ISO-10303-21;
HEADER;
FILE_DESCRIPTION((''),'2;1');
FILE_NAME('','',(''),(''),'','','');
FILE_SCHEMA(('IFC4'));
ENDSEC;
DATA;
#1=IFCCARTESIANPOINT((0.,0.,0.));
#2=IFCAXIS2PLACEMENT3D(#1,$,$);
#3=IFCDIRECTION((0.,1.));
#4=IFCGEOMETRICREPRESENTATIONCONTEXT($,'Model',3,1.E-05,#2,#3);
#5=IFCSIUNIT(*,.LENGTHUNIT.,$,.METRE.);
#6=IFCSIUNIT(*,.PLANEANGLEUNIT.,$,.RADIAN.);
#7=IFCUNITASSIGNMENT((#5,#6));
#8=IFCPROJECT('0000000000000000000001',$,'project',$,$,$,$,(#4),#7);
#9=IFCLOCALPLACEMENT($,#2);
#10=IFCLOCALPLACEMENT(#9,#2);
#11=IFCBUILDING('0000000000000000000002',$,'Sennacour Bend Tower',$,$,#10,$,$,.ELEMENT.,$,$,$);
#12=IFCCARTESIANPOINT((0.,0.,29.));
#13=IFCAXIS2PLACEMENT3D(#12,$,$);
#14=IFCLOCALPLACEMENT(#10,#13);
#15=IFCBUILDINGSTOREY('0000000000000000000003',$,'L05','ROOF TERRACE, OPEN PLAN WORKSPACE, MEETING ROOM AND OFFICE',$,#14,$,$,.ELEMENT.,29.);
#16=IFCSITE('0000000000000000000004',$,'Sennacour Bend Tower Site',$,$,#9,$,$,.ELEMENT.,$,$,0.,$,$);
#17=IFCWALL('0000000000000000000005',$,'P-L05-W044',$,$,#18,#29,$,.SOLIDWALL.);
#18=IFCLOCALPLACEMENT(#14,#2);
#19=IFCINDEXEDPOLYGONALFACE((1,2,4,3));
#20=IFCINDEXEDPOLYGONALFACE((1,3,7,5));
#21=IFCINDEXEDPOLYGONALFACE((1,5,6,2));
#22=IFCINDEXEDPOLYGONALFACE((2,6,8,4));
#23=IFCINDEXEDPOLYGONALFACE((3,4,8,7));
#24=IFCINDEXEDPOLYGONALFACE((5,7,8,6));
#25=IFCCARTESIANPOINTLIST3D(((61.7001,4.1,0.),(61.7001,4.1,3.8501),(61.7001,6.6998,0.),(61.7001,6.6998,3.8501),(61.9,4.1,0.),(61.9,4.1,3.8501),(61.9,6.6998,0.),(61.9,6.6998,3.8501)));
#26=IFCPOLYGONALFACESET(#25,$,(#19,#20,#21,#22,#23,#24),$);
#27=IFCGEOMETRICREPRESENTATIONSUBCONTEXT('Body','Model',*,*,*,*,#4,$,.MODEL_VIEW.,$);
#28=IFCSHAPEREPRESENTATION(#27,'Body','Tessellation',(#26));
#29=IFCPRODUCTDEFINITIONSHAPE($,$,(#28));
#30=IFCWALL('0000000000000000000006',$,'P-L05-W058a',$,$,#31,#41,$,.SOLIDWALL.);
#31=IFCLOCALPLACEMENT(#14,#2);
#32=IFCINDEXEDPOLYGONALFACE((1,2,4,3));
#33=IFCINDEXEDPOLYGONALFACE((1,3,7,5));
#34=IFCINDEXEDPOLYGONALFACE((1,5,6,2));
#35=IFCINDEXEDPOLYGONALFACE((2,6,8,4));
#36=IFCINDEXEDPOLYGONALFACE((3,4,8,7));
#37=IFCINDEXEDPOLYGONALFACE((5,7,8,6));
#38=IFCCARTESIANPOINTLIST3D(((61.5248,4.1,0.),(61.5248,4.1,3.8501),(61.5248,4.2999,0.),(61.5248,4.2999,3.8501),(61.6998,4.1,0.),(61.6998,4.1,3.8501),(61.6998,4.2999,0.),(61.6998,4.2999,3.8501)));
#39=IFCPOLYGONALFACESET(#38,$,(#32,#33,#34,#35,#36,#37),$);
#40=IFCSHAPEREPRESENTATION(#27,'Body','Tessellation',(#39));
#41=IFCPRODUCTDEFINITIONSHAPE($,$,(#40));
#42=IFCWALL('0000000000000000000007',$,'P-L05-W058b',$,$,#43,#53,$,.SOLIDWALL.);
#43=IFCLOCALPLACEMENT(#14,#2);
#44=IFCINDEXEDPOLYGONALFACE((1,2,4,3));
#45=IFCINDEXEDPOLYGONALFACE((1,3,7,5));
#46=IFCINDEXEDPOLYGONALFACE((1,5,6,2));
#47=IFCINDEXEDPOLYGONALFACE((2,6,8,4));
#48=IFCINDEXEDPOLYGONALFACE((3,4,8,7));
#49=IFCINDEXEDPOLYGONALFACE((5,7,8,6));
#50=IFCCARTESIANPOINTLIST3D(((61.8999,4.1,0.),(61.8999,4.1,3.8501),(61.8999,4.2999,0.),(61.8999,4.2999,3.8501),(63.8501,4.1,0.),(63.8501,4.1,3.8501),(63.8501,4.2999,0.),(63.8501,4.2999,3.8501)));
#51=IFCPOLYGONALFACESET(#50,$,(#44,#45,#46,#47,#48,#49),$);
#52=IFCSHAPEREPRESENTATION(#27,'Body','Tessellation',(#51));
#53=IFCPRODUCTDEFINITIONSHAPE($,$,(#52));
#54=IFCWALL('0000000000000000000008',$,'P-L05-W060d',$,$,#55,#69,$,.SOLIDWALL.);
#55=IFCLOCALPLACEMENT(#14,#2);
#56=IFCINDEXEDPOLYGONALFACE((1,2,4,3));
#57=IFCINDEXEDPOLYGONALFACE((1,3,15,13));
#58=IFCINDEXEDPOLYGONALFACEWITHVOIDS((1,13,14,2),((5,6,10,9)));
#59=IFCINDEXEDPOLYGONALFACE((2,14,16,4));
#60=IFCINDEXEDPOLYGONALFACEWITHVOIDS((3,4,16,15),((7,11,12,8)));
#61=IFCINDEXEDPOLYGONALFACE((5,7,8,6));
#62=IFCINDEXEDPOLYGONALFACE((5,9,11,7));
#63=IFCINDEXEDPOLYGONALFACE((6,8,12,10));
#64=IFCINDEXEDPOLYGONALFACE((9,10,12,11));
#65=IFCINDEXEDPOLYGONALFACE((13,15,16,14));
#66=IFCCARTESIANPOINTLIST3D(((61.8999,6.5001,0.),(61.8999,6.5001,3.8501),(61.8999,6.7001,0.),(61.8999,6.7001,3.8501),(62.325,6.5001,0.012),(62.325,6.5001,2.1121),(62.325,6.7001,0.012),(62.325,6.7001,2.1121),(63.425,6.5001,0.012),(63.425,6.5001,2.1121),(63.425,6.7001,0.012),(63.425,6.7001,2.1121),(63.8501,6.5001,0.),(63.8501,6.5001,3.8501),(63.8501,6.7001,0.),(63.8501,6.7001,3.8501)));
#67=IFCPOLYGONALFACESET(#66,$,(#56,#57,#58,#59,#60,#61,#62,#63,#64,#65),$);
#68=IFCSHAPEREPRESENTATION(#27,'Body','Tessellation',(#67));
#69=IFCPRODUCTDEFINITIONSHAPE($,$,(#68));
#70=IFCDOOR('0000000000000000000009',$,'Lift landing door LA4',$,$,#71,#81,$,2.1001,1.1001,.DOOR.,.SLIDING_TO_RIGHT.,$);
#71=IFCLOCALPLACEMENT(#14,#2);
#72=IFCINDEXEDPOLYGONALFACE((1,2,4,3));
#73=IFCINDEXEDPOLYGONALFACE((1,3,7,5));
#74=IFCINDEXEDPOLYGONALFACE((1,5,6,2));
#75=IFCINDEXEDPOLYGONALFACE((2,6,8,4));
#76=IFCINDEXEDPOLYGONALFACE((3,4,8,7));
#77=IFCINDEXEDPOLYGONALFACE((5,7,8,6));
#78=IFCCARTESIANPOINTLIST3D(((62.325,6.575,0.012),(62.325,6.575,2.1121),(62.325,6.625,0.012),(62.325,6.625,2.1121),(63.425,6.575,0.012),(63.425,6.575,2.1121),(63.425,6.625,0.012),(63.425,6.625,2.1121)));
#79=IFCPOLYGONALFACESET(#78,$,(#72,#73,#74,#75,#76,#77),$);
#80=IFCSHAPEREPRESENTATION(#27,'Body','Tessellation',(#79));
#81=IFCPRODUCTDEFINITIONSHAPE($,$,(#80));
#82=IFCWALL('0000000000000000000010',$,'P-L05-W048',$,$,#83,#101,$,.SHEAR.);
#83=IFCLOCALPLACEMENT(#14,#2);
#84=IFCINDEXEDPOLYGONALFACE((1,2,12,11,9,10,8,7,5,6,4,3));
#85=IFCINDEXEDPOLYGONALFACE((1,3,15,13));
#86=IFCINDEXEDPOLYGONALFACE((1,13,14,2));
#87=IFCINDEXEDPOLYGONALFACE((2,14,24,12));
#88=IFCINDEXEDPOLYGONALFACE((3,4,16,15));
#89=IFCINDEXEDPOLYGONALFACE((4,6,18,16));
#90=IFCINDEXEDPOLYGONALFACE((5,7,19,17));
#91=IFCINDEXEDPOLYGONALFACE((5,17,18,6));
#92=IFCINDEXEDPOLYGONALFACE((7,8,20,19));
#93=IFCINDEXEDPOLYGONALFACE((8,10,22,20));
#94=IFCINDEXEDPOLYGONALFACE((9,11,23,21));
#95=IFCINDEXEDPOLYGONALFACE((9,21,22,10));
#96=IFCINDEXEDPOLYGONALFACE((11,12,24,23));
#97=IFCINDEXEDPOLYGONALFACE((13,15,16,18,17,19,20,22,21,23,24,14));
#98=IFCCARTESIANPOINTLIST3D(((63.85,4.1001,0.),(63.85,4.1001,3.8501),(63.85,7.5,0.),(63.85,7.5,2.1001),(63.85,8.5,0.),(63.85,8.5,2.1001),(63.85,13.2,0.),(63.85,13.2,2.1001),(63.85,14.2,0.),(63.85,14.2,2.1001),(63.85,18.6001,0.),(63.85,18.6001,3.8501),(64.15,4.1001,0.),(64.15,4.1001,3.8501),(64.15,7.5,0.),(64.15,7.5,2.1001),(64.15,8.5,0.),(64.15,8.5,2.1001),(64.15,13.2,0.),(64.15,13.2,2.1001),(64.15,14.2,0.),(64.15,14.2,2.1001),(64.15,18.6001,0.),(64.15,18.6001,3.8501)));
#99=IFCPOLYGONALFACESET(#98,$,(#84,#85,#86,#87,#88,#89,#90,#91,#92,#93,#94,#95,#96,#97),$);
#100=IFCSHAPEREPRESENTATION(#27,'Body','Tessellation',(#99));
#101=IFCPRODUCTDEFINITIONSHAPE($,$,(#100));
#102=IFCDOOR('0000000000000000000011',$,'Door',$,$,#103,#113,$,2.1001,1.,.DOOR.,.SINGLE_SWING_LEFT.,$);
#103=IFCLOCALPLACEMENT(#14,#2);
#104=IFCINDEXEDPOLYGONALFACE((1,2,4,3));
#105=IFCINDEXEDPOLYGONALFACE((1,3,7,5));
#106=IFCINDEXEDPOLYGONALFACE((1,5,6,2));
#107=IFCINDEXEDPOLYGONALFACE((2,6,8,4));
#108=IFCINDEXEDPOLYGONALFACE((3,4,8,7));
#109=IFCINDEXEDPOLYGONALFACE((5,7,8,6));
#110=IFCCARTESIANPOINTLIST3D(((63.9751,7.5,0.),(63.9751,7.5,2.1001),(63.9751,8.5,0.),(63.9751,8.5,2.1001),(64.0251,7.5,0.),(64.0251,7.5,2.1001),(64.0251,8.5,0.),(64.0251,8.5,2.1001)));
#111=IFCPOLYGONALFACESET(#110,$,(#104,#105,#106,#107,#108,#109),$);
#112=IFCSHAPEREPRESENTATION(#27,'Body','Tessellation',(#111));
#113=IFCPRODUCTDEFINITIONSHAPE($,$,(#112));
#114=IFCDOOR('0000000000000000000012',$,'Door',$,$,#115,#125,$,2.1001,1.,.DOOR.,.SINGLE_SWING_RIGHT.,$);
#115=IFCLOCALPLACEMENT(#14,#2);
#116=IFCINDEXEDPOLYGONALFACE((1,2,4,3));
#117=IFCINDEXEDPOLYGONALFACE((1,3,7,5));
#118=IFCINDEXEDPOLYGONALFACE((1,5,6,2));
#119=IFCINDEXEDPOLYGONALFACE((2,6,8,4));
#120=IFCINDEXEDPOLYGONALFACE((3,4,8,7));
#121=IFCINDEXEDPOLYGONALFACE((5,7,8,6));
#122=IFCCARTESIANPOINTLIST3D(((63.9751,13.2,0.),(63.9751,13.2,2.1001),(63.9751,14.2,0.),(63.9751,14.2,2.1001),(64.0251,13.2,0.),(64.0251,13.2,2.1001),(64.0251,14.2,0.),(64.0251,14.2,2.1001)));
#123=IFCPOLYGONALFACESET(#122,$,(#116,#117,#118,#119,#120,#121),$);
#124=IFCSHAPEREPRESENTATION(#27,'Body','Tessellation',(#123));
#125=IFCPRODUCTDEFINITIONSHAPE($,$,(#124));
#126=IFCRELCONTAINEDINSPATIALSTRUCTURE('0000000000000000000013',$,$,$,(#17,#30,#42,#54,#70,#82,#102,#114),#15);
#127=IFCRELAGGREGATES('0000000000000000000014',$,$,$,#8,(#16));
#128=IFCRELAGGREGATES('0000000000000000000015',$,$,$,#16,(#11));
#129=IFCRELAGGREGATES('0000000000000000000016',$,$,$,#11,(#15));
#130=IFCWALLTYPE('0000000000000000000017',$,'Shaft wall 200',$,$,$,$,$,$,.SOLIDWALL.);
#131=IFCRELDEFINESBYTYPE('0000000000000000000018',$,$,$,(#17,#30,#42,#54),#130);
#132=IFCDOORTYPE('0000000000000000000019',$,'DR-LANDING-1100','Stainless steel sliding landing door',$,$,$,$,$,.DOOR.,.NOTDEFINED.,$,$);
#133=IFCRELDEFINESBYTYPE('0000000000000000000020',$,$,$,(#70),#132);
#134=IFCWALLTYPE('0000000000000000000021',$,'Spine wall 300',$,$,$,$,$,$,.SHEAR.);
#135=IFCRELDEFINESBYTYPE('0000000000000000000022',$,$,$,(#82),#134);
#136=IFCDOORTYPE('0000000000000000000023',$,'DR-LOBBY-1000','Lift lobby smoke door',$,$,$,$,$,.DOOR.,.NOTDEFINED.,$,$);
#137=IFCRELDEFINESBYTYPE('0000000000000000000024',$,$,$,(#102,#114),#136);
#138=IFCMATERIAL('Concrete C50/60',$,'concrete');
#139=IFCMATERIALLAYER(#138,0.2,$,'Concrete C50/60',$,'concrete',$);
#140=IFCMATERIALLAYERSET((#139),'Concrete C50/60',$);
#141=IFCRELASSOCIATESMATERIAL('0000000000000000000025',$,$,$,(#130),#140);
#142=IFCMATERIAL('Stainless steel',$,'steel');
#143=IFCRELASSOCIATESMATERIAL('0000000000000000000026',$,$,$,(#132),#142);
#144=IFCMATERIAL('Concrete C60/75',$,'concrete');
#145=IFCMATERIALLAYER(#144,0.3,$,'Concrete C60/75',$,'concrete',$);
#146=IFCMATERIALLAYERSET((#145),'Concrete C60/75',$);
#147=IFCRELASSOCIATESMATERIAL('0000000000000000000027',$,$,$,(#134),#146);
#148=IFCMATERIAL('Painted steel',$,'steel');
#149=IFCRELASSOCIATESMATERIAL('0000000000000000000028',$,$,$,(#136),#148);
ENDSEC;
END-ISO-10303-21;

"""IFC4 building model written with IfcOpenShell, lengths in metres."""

from ifc_helpers import new_model, si_unit, direction, frame, frame_2d, origin, place, context, subcontext, project, spatial, rectangle, extrude, material, layer, layer_set, type_object, element, fill, save


model = new_model("IFC4")

# Units and contexts
model_context = context("Model", 3, precision=1e-05, world=origin(), true_north=direction((0.0, 1.0)))
body_context = subcontext(model_context, "Body", "Model", "MODEL_VIEW")
ifc_project = project(units=[si_unit("LENGTHUNIT", "METRE"), si_unit("PLANEANGLEUNIT", "RADIAN")], contexts=[model_context])

# Site, building, storey
site_placement = place(None, origin())
site = spatial("IfcSite", under=ifc_project, at=site_placement, Name="Sennacour Bend Tower Site", CompositionType="ELEMENT", RefElevation=0.0)
building_placement = place(site_placement, origin())
building = spatial("IfcBuilding", under=site, at=building_placement, Name="Sennacour Bend Tower", CompositionType="ELEMENT")
storey_placement = place(building_placement, frame((0.0, 0.0, 29.0)))
storey = spatial("IfcBuildingStorey", under=building, at=storey_placement, Name="L05", Description="ROOF TERRACE, OPEN PLAN WORKSPACE, MEETING ROOM AND OFFICE", CompositionType="ELEMENT", Elevation=29.0)

# Shared definitions
ifc_material_1 = material(Name="Painted steel", Category="steel")

# Walls
ifc_material_2 = material(Name="Concrete C50/60", Category="concrete")
ifc_layer_1 = layer(ifc_material_2, 0.2, Name="Concrete C50/60", Category="concrete")
ifc_layer_set_1 = layer_set([ifc_layer_1], Name="Concrete C50/60")
wall_type_1 = type_object("IfcWallType", Name="Shaft wall 200", PredefinedType="SOLIDWALL", material=ifc_layer_set_1)
wall_1_placement = place(storey_placement, frame((61.8, 4.1001, 0.0), z_axis=(0.0, 0.0, 1.0), x_axis=(0.0, 1.0, 0.0)))
element("IfcWall", 1, at=wall_1_placement, inside=storey, type_object=wall_type_1, Name="P-L05-W044", PredefinedType="SOLIDWALL", context=body_context, shape_type="SweptSolid", body=[
    extrude(rectangle(XDim=2.5999, YDim=0.2, at=frame_2d((1.2998, 0.0))), origin(), (0.0, 0.0, 1.0), 3.8501),
])
wall_2_placement = place(storey_placement, frame((61.5249, 4.2, 0.0), z_axis=(0.0, 0.0, 1.0), x_axis=(1.0, 0.0, 0.0)))
element("IfcWall", 2, at=wall_2_placement, inside=storey, type_object=wall_type_1, Name="P-L05-W058a", PredefinedType="SOLIDWALL", context=body_context, shape_type="SweptSolid", body=[
    extrude(rectangle(XDim=0.175, YDim=0.2, at=frame_2d((0.0874, 0.0))), origin(), (0.0, 0.0, 1.0), 3.8501),
])
wall_3_placement = place(storey_placement, frame((61.8999, 4.2, 0.0), z_axis=(0.0, 0.0, 1.0), x_axis=(1.0, 0.0, 0.0)))
element("IfcWall", 3, at=wall_3_placement, inside=storey, type_object=wall_type_1, Name="P-L05-W058b", PredefinedType="SOLIDWALL", context=body_context, shape_type="SweptSolid", body=[
    extrude(rectangle(XDim=1.9502, YDim=0.2, at=frame_2d((0.9751, 0.0))), origin(), (0.0, 0.0, 1.0), 3.8501),
])

# Wall, opening, door
wall_4_placement = place(storey_placement, frame((61.8999, 6.6001, 0.0), z_axis=(0.0, 0.0, 1.0), x_axis=(1.0, 0.0, 0.0)))
wall_4 = element("IfcWall", 4, at=wall_4_placement, inside=storey, type_object=wall_type_1, Name="P-L05-W060d", PredefinedType="SOLIDWALL", context=body_context, shape_type="SweptSolid", body=[
    extrude(rectangle(XDim=1.9502, YDim=0.2, at=frame_2d((0.9751, 0.0))), origin(), (0.0, 0.0, 1.0), 3.8501),
])
opening_1_placement = place(wall_4_placement, frame((0.425, 0.0, 0.012)))
opening_1 = element("IfcOpeningElement", 5, at=opening_1_placement, cuts=wall_4, PredefinedType="OPENING", context=body_context, shape_type="SweptSolid", body=[
    extrude(rectangle(XDim=1.1001, YDim=2.1001, at=frame_2d((0.55, 1.05))), frame((0.0, 0.1099, 0.0), z_axis=(0.0, -1.0, 0.0), x_axis=(1.0, 0.0, 0.0)), (0.0, 0.0, 1.0), 0.22),
])
ifc_material_3 = material(Name="Stainless steel", Category="steel")
door_type_1 = type_object("IfcDoorType", Name="DR-LANDING-1100", Description="Stainless steel sliding landing door", OperationType="NOTDEFINED", PredefinedType="DOOR", material=ifc_material_3)
door_1_placement = place(opening_1_placement, origin())
door_1 = element("IfcDoor", 6, at=door_1_placement, inside=storey, type_object=door_type_1, Name="Lift landing door LA4", OperationType="SLIDING_TO_RIGHT", OverallHeight=2.1001, OverallWidth=1.1001, PredefinedType="DOOR", context=body_context, shape_type="SweptSolid", body=[
    extrude(rectangle(XDim=1.1001, YDim=2.1001, at=frame_2d((0.55, 1.05))), frame((0.0, 0.0249, 0.0), z_axis=(0.0, -1.0, 0.0), x_axis=(1.0, 0.0, 0.0)), (0.0, 0.0, 1.0), 0.05),
])
fill(opening_1, door_1)

# Wall, openings, doors
ifc_material_4 = material(Name="Concrete C60/75", Category="concrete")
ifc_layer_2 = layer(ifc_material_4, 0.3, Name="Concrete C60/75", Category="concrete")
ifc_layer_set_2 = layer_set([ifc_layer_2], Name="Concrete C60/75")
wall_type_2 = type_object("IfcWallType", Name="Spine wall 300", PredefinedType="SHEAR", material=ifc_layer_set_2)
wall_5_placement = place(storey_placement, frame((64.0, 4.1001, 0.0), z_axis=(0.0, 0.0, 1.0), x_axis=(0.0, 1.0, 0.0)))
wall_5 = element("IfcWall", 7, at=wall_5_placement, inside=storey, type_object=wall_type_2, Name="P-L05-W048", PredefinedType="SHEAR", context=body_context, shape_type="SweptSolid", body=[
    extrude(rectangle(XDim=14.5, YDim=0.3, at=frame_2d((7.25, 0.0))), origin(), (0.0, 0.0, 1.0), 3.8501),
])
opening_2_placement = place(wall_5_placement, frame((3.3999, 0.0, 0.0)))
opening_2 = element("IfcOpeningElement", 8, at=opening_2_placement, cuts=wall_5, PredefinedType="OPENING", context=body_context, shape_type="SweptSolid", body=[
    extrude(rectangle(XDim=1.0, YDim=2.1001, at=frame_2d((0.5, 1.05))), frame((0.0, 0.1602, 0.0), z_axis=(0.0, -1.0, 0.0), x_axis=(1.0, 0.0, 0.0)), (0.0, 0.0, 1.0), 0.3201),
])
opening_3_placement = place(wall_5_placement, frame((9.0999, 0.0, 0.0)))
opening_3 = element("IfcOpeningElement", 9, at=opening_3_placement, cuts=wall_5, PredefinedType="OPENING", context=body_context, shape_type="SweptSolid", body=[
    extrude(rectangle(XDim=1.0, YDim=2.1001, at=frame_2d((0.5, 1.05))), frame((0.0, 0.1602, 0.0), z_axis=(0.0, -1.0, 0.0), x_axis=(1.0, 0.0, 0.0)), (0.0, 0.0, 1.0), 0.3201),
])
door_type_2 = type_object("IfcDoorType", Name="DR-LOBBY-1000", Description="Lift lobby smoke door", OperationType="NOTDEFINED", PredefinedType="DOOR", material=ifc_material_1)
door_2_placement = place(opening_2_placement, origin())
door_2 = element("IfcDoor", 10, at=door_2_placement, inside=storey, type_object=door_type_2, Name="Door", OperationType="SINGLE_SWING_LEFT", OverallHeight=2.1001, OverallWidth=1.0, PredefinedType="DOOR", context=body_context, shape_type="SweptSolid", body=[
    extrude(rectangle(XDim=1.0, YDim=2.1001, at=frame_2d((0.5, 1.05))), frame((0.0, 0.0249, 0.0), z_axis=(0.0, -1.0, 0.0), x_axis=(1.0, 0.0, 0.0)), (0.0, 0.0, 1.0), 0.05),
])
fill(opening_2, door_2)
door_3_placement = place(opening_3_placement, origin())
door_3 = element("IfcDoor", 11, at=door_3_placement, inside=storey, type_object=door_type_2, Name="Door", OperationType="SINGLE_SWING_RIGHT", OverallHeight=2.1001, OverallWidth=1.0, PredefinedType="DOOR", context=body_context, shape_type="SweptSolid", body=[
    extrude(rectangle(XDim=1.0, YDim=2.1001, at=frame_2d((0.5, 1.05))), frame((0.0, 0.0249, 0.0), z_axis=(0.0, -1.0, 0.0), x_axis=(1.0, 0.0, 0.0)), (0.0, 0.0, 1.0), 0.05),
])
fill(opening_3, door_3)

save(model, "model.ifc")
